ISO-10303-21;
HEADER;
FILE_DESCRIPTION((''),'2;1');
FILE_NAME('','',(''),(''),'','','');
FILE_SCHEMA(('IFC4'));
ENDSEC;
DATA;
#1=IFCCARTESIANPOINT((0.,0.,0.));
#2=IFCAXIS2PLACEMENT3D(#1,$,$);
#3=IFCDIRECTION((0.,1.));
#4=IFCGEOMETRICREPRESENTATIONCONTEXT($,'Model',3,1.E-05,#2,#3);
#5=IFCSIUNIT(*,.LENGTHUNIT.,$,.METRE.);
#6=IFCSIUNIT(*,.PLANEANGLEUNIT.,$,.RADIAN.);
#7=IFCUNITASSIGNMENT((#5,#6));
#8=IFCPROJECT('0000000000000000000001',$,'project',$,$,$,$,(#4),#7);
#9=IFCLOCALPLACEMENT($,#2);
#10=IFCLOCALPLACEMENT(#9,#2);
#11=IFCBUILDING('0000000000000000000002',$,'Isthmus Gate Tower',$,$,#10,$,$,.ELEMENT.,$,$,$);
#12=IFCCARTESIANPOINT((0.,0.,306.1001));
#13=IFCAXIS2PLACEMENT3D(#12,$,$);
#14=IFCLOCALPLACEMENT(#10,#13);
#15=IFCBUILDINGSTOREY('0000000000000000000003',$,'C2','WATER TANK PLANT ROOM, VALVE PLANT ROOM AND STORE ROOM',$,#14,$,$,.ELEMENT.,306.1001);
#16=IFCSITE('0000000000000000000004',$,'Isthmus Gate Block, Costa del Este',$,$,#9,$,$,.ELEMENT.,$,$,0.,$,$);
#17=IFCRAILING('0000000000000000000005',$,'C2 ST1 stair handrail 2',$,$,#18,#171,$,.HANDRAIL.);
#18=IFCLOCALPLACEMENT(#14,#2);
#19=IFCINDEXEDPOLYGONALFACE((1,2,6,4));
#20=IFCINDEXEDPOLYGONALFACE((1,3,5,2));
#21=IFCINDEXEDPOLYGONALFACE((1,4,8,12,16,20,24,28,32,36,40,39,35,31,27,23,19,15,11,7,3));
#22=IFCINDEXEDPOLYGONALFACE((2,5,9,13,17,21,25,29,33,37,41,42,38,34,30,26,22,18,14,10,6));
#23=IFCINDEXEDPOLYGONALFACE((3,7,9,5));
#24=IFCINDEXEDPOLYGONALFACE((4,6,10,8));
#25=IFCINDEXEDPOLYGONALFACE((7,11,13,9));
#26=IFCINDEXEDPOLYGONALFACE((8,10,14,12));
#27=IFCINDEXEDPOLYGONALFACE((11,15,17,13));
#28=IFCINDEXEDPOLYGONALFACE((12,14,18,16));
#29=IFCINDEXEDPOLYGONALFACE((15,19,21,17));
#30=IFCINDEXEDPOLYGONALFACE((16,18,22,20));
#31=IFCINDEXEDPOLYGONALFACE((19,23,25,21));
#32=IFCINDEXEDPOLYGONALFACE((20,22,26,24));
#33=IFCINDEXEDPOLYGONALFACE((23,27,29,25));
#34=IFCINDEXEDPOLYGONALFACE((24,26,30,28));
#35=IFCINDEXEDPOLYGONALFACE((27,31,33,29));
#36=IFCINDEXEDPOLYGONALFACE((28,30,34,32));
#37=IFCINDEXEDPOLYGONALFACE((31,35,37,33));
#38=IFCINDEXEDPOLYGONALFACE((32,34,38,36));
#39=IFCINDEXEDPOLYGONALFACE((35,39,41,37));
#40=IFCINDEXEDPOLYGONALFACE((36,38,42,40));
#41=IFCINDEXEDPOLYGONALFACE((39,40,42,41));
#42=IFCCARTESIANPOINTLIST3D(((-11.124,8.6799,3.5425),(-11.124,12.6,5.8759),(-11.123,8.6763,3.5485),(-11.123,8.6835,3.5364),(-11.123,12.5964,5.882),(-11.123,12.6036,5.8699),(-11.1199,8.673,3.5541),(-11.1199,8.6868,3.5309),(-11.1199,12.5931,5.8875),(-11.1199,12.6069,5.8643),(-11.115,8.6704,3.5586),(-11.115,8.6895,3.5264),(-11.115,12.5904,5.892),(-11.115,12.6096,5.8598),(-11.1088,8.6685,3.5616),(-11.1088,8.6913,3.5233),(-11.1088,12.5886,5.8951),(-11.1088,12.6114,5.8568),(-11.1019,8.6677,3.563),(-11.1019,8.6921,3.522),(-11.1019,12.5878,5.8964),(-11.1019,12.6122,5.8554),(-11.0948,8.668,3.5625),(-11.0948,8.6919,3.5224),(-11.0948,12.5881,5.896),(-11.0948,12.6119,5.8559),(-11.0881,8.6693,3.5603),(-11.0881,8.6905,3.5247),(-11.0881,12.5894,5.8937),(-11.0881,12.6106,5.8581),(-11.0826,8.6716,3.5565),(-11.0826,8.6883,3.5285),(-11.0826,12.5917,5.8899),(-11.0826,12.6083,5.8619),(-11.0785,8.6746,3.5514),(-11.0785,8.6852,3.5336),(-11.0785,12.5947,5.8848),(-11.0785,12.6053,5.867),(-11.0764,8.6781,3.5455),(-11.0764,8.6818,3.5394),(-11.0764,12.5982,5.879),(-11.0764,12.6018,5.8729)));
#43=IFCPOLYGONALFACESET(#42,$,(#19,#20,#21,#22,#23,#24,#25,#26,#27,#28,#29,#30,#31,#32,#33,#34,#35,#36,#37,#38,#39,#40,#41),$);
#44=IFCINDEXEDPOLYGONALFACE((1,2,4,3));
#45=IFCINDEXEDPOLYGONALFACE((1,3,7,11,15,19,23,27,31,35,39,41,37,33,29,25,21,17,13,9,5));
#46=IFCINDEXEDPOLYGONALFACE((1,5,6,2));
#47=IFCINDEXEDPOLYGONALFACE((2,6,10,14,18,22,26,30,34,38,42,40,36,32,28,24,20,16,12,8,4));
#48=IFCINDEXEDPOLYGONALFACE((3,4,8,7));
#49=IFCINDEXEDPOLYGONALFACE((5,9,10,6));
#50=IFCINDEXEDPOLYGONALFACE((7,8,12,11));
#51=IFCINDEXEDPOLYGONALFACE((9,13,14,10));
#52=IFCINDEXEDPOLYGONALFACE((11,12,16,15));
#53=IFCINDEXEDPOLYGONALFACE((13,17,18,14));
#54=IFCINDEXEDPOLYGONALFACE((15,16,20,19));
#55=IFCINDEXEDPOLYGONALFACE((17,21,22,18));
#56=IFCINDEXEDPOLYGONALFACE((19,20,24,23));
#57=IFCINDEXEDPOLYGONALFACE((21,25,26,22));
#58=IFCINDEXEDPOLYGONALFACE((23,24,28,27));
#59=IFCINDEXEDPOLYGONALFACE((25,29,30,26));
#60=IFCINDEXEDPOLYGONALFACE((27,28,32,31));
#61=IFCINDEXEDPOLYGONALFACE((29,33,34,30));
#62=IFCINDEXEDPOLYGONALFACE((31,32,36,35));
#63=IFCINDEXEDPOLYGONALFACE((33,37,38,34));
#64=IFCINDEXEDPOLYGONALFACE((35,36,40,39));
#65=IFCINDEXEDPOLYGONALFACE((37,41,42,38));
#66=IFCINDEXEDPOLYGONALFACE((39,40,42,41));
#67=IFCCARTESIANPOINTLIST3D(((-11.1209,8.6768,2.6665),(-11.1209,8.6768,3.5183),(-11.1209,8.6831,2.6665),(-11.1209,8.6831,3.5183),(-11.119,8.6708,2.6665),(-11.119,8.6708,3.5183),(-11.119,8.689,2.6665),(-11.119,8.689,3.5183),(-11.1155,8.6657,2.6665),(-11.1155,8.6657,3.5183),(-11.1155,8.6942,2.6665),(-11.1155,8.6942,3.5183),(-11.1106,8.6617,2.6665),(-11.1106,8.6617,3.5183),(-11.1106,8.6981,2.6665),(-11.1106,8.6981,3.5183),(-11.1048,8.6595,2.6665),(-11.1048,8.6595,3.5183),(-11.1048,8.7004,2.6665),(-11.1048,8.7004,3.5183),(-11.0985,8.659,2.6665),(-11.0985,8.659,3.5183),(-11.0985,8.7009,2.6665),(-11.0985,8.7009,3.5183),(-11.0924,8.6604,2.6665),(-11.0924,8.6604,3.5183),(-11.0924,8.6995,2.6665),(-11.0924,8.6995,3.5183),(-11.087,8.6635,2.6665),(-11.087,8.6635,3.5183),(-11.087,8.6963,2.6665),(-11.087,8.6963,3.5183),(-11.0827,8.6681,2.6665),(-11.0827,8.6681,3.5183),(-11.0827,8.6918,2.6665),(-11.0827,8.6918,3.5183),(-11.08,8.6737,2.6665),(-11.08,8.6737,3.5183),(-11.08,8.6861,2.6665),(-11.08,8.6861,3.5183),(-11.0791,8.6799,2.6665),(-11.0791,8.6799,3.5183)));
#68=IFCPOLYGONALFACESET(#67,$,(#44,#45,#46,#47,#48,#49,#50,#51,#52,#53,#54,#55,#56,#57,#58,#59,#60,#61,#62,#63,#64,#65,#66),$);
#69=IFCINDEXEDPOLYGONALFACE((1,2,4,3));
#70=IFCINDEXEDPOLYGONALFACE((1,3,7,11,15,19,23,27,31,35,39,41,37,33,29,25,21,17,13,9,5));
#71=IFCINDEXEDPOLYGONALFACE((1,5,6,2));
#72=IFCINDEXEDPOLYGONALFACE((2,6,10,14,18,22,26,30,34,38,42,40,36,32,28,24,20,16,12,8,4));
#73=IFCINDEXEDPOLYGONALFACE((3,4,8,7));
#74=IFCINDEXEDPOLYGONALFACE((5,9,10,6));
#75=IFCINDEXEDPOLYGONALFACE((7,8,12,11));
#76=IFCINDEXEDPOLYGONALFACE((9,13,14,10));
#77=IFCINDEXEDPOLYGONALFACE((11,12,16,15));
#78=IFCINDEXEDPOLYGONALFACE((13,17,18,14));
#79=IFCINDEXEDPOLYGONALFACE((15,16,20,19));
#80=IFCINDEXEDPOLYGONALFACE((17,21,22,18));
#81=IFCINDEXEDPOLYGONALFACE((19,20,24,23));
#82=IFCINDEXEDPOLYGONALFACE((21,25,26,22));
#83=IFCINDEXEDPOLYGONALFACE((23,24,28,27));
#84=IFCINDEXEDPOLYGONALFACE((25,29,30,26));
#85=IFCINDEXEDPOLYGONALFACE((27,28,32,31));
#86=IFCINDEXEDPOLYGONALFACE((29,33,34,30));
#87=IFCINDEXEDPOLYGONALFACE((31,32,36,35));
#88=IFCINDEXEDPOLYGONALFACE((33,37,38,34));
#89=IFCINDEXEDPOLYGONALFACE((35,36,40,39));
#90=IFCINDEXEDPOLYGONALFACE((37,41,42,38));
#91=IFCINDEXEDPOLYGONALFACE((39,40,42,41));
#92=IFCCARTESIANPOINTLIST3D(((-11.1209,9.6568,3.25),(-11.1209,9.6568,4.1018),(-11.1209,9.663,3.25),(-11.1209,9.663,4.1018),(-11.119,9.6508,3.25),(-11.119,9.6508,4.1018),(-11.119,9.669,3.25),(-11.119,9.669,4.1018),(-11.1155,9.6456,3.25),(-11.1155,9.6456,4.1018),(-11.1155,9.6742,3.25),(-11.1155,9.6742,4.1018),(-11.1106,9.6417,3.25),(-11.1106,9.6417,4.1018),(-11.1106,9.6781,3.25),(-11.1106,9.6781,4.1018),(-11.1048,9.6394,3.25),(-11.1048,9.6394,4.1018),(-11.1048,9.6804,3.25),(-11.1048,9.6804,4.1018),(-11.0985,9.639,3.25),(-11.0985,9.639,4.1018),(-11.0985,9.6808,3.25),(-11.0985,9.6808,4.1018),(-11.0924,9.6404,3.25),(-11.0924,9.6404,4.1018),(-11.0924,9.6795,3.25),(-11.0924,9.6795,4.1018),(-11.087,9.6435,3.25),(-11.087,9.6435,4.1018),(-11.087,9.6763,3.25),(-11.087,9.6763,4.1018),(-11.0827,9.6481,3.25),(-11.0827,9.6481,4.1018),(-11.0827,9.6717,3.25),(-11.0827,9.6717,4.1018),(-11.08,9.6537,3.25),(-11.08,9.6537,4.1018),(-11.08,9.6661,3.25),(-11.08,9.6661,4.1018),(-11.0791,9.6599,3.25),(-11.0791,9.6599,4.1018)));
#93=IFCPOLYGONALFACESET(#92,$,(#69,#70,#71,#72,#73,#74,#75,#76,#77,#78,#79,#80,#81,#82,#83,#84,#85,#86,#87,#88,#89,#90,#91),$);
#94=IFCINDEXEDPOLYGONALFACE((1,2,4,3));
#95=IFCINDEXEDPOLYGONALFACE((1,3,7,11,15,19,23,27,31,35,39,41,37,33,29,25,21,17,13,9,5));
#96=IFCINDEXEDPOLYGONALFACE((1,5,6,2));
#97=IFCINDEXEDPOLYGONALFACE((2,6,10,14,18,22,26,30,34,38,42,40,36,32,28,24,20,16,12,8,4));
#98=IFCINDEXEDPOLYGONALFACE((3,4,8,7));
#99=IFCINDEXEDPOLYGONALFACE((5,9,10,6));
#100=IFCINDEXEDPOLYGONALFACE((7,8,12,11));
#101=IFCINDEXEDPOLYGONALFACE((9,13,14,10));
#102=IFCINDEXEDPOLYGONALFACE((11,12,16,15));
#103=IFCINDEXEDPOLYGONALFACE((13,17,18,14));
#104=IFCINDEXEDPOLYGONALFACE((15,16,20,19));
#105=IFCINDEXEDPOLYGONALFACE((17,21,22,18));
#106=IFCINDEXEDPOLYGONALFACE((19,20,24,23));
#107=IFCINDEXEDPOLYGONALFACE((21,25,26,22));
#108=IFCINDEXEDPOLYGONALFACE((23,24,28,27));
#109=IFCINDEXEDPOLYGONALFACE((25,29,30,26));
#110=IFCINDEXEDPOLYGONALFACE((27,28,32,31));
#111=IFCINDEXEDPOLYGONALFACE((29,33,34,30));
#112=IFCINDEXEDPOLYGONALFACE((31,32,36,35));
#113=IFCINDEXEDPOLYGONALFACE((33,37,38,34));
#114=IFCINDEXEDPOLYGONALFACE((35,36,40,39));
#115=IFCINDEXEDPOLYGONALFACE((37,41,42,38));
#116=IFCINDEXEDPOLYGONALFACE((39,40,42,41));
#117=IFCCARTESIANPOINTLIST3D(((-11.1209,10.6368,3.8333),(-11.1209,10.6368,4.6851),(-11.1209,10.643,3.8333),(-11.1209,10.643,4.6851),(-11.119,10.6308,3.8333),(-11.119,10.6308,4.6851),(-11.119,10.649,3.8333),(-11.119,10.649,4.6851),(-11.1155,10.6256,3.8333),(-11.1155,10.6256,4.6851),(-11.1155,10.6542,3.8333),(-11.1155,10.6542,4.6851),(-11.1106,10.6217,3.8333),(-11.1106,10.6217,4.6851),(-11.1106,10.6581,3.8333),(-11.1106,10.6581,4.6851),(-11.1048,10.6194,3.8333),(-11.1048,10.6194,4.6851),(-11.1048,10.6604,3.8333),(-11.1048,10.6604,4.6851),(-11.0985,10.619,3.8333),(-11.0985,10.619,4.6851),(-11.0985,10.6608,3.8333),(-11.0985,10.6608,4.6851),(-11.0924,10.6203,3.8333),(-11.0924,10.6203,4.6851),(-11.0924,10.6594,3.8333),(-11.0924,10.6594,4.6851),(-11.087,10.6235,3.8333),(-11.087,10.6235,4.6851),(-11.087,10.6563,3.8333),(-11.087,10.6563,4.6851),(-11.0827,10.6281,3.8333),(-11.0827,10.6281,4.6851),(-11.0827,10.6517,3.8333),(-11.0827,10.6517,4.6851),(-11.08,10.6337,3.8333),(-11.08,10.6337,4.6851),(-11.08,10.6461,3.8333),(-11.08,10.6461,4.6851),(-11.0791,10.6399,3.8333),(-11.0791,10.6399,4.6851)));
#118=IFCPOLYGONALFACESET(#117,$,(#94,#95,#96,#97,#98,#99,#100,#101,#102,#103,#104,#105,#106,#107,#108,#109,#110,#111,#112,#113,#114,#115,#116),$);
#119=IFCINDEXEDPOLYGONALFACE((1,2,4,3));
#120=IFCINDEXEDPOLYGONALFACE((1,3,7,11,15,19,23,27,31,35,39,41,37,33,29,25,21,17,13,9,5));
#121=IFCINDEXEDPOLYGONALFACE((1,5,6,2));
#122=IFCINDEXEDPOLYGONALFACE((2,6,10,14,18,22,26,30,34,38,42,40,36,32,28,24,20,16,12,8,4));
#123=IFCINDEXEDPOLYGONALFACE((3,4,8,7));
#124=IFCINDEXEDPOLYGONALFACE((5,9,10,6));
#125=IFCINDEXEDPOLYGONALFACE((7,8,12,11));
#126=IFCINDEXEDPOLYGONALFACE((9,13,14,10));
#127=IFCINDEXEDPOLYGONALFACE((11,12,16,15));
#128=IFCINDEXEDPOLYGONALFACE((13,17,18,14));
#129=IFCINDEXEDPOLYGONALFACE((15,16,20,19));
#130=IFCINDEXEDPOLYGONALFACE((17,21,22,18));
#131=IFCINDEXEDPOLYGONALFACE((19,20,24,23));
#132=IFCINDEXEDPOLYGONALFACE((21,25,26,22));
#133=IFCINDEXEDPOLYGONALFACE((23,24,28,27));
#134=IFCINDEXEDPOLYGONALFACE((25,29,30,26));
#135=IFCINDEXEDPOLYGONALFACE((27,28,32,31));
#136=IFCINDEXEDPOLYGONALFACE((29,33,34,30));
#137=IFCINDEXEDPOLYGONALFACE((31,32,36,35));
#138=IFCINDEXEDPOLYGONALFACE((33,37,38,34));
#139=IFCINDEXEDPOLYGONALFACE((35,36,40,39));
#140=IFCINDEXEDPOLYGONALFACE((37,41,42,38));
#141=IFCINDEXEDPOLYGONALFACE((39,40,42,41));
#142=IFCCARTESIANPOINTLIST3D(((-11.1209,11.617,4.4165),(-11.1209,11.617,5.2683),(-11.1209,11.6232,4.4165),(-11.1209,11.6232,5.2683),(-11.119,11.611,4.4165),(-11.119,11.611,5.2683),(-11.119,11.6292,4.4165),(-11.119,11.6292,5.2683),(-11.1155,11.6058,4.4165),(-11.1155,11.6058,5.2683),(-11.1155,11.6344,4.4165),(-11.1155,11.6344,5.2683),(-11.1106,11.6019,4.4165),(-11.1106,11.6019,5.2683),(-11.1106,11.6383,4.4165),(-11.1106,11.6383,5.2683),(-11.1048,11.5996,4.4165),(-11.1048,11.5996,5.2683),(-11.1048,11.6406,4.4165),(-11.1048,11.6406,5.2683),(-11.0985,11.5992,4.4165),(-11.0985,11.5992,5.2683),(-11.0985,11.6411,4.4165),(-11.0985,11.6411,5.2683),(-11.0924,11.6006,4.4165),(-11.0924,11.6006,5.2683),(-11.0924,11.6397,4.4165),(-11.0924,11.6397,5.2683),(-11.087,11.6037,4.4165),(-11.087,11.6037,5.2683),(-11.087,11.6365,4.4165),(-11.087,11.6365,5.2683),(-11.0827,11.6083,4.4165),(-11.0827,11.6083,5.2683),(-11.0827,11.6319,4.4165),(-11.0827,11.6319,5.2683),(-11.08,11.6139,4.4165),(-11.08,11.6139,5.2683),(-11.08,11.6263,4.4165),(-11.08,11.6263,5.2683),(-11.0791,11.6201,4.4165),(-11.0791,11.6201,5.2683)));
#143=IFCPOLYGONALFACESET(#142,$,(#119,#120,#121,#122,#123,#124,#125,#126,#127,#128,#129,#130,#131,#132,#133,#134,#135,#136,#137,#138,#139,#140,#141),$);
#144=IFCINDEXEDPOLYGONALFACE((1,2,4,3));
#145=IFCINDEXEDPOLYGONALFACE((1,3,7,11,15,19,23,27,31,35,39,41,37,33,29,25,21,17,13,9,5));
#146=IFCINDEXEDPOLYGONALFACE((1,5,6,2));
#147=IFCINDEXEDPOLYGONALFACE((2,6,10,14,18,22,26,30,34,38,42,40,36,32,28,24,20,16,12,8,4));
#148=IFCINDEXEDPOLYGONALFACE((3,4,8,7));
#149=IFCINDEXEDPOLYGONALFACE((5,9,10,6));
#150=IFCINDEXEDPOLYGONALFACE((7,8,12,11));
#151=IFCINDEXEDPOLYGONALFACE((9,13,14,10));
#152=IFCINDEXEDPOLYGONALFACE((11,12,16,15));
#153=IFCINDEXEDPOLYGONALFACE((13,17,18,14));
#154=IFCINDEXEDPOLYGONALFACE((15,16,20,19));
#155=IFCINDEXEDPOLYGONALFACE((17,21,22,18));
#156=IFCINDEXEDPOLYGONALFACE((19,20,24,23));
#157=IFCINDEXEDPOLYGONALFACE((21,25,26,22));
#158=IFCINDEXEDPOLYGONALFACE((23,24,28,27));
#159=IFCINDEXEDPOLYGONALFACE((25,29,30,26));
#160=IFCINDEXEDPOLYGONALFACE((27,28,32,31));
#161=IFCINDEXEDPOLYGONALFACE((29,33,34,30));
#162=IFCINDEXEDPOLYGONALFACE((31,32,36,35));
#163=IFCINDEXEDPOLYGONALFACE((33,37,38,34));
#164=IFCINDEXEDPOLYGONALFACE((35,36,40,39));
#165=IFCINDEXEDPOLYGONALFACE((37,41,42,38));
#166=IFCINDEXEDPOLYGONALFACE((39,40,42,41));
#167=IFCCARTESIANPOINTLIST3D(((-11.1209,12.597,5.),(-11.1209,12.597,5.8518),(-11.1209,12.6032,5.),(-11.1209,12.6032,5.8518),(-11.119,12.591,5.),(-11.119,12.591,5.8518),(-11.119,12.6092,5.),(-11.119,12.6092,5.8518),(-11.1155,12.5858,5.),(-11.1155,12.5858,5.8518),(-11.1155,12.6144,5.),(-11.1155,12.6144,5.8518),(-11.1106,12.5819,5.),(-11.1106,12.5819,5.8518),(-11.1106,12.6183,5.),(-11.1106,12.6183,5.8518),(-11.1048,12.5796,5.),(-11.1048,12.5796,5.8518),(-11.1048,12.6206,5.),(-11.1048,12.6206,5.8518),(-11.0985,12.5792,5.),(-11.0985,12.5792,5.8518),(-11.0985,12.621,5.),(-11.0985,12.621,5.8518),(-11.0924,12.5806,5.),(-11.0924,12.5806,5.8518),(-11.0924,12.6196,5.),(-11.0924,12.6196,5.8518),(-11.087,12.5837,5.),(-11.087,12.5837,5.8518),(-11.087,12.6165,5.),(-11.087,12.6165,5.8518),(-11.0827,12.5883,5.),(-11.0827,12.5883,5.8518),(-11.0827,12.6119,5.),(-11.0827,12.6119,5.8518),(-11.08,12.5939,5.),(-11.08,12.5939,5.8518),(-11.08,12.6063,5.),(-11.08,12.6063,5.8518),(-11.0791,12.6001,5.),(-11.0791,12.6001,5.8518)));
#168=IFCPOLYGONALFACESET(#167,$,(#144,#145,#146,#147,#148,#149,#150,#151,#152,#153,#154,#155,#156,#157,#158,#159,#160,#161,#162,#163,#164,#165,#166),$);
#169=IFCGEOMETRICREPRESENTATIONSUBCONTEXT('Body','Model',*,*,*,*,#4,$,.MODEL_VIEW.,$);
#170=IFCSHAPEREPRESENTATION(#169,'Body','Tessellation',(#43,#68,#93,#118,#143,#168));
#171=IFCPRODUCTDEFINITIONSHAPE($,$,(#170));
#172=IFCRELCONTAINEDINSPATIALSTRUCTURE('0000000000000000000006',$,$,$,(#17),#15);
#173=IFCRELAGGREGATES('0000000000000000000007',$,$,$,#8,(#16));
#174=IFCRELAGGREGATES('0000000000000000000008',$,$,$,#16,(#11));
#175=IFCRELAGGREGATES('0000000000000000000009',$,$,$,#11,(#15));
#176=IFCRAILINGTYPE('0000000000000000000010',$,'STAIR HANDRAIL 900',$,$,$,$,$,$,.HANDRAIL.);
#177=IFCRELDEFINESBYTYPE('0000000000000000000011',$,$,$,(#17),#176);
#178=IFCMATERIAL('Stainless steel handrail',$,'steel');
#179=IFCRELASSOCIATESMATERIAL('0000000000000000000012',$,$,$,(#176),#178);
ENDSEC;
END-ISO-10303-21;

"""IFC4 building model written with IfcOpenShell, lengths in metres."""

from ifc_helpers import new_model, si_unit, direction, frame, origin, origin_2d, place, context, subcontext, project, spatial, circle, extrude, material, type_object, element, save


model = new_model("IFC4")

# Units and contexts
model_context = context("Model", 3, precision=1e-05, world=origin(), true_north=direction((0.0, 1.0)))
body_context = subcontext(model_context, "Body", "Model", "MODEL_VIEW")
ifc_project = project(units=[si_unit("LENGTHUNIT", "METRE"), si_unit("PLANEANGLEUNIT", "RADIAN")], contexts=[model_context])

# Site, building, storey
site_placement = place(None, origin())
site = spatial("IfcSite", under=ifc_project, at=site_placement, Name="Isthmus Gate Block, Costa del Este", CompositionType="ELEMENT", RefElevation=0.0)
building_placement = place(site_placement, origin())
building = spatial("IfcBuilding", under=site, at=building_placement, Name="Isthmus Gate Tower", CompositionType="ELEMENT")
storey_placement = place(building_placement, frame((0.0, 0.0, 306.1001)))
storey = spatial("IfcBuildingStorey", under=building, at=storey_placement, Name="C2", Description="WATER TANK PLANT ROOM, VALVE PLANT ROOM AND STORE ROOM", CompositionType="ELEMENT", Elevation=306.1001)

# Railing
ifc_material_1 = material(Name="Stainless steel handrail", Category="steel")
railing_type_1 = type_object("IfcRailingType", Name="STAIR HANDRAIL 900", PredefinedType="HANDRAIL", material=ifc_material_1)
railing_1_placement = place(storey_placement, frame((-11.1001, 8.6799, 2.6665)))
element("IfcRailing", 1, at=railing_1_placement, inside=storey, type_object=railing_type_1, Name="C2 ST1 stair handrail 2", PredefinedType="HANDRAIL", context=body_context, shape_type="SweptSolid", body=[
    extrude(circle(Radius=0.0239, at=origin_2d()), frame((0.0, 0.0, 0.876), z_axis=(0.0, 0.859287, 0.511494), x_axis=(-1.0, 0.0, 0.0)), (0.0, 0.0, 1.0), 4.562),
    extrude(circle(Radius=0.021, at=origin_2d()), origin(), (0.0, 0.0, 1.0), 0.8518),
    extrude(circle(Radius=0.021, at=origin_2d()), frame((0.0, 0.98, 0.5835)), (0.0, 0.0, 1.0), 0.8518),
    extrude(circle(Radius=0.021, at=origin_2d()), frame((0.0, 1.96, 1.1667)), (0.0, 0.0, 1.0), 0.8518),
    extrude(circle(Radius=0.021, at=origin_2d()), frame((0.0, 2.9402, 1.75)), (0.0, 0.0, 1.0), 0.8518),
    extrude(circle(Radius=0.021, at=origin_2d()), frame((0.0, 3.9202, 2.3335)), (0.0, 0.0, 1.0), 0.8518),
])

save(model, "model.ifc")
